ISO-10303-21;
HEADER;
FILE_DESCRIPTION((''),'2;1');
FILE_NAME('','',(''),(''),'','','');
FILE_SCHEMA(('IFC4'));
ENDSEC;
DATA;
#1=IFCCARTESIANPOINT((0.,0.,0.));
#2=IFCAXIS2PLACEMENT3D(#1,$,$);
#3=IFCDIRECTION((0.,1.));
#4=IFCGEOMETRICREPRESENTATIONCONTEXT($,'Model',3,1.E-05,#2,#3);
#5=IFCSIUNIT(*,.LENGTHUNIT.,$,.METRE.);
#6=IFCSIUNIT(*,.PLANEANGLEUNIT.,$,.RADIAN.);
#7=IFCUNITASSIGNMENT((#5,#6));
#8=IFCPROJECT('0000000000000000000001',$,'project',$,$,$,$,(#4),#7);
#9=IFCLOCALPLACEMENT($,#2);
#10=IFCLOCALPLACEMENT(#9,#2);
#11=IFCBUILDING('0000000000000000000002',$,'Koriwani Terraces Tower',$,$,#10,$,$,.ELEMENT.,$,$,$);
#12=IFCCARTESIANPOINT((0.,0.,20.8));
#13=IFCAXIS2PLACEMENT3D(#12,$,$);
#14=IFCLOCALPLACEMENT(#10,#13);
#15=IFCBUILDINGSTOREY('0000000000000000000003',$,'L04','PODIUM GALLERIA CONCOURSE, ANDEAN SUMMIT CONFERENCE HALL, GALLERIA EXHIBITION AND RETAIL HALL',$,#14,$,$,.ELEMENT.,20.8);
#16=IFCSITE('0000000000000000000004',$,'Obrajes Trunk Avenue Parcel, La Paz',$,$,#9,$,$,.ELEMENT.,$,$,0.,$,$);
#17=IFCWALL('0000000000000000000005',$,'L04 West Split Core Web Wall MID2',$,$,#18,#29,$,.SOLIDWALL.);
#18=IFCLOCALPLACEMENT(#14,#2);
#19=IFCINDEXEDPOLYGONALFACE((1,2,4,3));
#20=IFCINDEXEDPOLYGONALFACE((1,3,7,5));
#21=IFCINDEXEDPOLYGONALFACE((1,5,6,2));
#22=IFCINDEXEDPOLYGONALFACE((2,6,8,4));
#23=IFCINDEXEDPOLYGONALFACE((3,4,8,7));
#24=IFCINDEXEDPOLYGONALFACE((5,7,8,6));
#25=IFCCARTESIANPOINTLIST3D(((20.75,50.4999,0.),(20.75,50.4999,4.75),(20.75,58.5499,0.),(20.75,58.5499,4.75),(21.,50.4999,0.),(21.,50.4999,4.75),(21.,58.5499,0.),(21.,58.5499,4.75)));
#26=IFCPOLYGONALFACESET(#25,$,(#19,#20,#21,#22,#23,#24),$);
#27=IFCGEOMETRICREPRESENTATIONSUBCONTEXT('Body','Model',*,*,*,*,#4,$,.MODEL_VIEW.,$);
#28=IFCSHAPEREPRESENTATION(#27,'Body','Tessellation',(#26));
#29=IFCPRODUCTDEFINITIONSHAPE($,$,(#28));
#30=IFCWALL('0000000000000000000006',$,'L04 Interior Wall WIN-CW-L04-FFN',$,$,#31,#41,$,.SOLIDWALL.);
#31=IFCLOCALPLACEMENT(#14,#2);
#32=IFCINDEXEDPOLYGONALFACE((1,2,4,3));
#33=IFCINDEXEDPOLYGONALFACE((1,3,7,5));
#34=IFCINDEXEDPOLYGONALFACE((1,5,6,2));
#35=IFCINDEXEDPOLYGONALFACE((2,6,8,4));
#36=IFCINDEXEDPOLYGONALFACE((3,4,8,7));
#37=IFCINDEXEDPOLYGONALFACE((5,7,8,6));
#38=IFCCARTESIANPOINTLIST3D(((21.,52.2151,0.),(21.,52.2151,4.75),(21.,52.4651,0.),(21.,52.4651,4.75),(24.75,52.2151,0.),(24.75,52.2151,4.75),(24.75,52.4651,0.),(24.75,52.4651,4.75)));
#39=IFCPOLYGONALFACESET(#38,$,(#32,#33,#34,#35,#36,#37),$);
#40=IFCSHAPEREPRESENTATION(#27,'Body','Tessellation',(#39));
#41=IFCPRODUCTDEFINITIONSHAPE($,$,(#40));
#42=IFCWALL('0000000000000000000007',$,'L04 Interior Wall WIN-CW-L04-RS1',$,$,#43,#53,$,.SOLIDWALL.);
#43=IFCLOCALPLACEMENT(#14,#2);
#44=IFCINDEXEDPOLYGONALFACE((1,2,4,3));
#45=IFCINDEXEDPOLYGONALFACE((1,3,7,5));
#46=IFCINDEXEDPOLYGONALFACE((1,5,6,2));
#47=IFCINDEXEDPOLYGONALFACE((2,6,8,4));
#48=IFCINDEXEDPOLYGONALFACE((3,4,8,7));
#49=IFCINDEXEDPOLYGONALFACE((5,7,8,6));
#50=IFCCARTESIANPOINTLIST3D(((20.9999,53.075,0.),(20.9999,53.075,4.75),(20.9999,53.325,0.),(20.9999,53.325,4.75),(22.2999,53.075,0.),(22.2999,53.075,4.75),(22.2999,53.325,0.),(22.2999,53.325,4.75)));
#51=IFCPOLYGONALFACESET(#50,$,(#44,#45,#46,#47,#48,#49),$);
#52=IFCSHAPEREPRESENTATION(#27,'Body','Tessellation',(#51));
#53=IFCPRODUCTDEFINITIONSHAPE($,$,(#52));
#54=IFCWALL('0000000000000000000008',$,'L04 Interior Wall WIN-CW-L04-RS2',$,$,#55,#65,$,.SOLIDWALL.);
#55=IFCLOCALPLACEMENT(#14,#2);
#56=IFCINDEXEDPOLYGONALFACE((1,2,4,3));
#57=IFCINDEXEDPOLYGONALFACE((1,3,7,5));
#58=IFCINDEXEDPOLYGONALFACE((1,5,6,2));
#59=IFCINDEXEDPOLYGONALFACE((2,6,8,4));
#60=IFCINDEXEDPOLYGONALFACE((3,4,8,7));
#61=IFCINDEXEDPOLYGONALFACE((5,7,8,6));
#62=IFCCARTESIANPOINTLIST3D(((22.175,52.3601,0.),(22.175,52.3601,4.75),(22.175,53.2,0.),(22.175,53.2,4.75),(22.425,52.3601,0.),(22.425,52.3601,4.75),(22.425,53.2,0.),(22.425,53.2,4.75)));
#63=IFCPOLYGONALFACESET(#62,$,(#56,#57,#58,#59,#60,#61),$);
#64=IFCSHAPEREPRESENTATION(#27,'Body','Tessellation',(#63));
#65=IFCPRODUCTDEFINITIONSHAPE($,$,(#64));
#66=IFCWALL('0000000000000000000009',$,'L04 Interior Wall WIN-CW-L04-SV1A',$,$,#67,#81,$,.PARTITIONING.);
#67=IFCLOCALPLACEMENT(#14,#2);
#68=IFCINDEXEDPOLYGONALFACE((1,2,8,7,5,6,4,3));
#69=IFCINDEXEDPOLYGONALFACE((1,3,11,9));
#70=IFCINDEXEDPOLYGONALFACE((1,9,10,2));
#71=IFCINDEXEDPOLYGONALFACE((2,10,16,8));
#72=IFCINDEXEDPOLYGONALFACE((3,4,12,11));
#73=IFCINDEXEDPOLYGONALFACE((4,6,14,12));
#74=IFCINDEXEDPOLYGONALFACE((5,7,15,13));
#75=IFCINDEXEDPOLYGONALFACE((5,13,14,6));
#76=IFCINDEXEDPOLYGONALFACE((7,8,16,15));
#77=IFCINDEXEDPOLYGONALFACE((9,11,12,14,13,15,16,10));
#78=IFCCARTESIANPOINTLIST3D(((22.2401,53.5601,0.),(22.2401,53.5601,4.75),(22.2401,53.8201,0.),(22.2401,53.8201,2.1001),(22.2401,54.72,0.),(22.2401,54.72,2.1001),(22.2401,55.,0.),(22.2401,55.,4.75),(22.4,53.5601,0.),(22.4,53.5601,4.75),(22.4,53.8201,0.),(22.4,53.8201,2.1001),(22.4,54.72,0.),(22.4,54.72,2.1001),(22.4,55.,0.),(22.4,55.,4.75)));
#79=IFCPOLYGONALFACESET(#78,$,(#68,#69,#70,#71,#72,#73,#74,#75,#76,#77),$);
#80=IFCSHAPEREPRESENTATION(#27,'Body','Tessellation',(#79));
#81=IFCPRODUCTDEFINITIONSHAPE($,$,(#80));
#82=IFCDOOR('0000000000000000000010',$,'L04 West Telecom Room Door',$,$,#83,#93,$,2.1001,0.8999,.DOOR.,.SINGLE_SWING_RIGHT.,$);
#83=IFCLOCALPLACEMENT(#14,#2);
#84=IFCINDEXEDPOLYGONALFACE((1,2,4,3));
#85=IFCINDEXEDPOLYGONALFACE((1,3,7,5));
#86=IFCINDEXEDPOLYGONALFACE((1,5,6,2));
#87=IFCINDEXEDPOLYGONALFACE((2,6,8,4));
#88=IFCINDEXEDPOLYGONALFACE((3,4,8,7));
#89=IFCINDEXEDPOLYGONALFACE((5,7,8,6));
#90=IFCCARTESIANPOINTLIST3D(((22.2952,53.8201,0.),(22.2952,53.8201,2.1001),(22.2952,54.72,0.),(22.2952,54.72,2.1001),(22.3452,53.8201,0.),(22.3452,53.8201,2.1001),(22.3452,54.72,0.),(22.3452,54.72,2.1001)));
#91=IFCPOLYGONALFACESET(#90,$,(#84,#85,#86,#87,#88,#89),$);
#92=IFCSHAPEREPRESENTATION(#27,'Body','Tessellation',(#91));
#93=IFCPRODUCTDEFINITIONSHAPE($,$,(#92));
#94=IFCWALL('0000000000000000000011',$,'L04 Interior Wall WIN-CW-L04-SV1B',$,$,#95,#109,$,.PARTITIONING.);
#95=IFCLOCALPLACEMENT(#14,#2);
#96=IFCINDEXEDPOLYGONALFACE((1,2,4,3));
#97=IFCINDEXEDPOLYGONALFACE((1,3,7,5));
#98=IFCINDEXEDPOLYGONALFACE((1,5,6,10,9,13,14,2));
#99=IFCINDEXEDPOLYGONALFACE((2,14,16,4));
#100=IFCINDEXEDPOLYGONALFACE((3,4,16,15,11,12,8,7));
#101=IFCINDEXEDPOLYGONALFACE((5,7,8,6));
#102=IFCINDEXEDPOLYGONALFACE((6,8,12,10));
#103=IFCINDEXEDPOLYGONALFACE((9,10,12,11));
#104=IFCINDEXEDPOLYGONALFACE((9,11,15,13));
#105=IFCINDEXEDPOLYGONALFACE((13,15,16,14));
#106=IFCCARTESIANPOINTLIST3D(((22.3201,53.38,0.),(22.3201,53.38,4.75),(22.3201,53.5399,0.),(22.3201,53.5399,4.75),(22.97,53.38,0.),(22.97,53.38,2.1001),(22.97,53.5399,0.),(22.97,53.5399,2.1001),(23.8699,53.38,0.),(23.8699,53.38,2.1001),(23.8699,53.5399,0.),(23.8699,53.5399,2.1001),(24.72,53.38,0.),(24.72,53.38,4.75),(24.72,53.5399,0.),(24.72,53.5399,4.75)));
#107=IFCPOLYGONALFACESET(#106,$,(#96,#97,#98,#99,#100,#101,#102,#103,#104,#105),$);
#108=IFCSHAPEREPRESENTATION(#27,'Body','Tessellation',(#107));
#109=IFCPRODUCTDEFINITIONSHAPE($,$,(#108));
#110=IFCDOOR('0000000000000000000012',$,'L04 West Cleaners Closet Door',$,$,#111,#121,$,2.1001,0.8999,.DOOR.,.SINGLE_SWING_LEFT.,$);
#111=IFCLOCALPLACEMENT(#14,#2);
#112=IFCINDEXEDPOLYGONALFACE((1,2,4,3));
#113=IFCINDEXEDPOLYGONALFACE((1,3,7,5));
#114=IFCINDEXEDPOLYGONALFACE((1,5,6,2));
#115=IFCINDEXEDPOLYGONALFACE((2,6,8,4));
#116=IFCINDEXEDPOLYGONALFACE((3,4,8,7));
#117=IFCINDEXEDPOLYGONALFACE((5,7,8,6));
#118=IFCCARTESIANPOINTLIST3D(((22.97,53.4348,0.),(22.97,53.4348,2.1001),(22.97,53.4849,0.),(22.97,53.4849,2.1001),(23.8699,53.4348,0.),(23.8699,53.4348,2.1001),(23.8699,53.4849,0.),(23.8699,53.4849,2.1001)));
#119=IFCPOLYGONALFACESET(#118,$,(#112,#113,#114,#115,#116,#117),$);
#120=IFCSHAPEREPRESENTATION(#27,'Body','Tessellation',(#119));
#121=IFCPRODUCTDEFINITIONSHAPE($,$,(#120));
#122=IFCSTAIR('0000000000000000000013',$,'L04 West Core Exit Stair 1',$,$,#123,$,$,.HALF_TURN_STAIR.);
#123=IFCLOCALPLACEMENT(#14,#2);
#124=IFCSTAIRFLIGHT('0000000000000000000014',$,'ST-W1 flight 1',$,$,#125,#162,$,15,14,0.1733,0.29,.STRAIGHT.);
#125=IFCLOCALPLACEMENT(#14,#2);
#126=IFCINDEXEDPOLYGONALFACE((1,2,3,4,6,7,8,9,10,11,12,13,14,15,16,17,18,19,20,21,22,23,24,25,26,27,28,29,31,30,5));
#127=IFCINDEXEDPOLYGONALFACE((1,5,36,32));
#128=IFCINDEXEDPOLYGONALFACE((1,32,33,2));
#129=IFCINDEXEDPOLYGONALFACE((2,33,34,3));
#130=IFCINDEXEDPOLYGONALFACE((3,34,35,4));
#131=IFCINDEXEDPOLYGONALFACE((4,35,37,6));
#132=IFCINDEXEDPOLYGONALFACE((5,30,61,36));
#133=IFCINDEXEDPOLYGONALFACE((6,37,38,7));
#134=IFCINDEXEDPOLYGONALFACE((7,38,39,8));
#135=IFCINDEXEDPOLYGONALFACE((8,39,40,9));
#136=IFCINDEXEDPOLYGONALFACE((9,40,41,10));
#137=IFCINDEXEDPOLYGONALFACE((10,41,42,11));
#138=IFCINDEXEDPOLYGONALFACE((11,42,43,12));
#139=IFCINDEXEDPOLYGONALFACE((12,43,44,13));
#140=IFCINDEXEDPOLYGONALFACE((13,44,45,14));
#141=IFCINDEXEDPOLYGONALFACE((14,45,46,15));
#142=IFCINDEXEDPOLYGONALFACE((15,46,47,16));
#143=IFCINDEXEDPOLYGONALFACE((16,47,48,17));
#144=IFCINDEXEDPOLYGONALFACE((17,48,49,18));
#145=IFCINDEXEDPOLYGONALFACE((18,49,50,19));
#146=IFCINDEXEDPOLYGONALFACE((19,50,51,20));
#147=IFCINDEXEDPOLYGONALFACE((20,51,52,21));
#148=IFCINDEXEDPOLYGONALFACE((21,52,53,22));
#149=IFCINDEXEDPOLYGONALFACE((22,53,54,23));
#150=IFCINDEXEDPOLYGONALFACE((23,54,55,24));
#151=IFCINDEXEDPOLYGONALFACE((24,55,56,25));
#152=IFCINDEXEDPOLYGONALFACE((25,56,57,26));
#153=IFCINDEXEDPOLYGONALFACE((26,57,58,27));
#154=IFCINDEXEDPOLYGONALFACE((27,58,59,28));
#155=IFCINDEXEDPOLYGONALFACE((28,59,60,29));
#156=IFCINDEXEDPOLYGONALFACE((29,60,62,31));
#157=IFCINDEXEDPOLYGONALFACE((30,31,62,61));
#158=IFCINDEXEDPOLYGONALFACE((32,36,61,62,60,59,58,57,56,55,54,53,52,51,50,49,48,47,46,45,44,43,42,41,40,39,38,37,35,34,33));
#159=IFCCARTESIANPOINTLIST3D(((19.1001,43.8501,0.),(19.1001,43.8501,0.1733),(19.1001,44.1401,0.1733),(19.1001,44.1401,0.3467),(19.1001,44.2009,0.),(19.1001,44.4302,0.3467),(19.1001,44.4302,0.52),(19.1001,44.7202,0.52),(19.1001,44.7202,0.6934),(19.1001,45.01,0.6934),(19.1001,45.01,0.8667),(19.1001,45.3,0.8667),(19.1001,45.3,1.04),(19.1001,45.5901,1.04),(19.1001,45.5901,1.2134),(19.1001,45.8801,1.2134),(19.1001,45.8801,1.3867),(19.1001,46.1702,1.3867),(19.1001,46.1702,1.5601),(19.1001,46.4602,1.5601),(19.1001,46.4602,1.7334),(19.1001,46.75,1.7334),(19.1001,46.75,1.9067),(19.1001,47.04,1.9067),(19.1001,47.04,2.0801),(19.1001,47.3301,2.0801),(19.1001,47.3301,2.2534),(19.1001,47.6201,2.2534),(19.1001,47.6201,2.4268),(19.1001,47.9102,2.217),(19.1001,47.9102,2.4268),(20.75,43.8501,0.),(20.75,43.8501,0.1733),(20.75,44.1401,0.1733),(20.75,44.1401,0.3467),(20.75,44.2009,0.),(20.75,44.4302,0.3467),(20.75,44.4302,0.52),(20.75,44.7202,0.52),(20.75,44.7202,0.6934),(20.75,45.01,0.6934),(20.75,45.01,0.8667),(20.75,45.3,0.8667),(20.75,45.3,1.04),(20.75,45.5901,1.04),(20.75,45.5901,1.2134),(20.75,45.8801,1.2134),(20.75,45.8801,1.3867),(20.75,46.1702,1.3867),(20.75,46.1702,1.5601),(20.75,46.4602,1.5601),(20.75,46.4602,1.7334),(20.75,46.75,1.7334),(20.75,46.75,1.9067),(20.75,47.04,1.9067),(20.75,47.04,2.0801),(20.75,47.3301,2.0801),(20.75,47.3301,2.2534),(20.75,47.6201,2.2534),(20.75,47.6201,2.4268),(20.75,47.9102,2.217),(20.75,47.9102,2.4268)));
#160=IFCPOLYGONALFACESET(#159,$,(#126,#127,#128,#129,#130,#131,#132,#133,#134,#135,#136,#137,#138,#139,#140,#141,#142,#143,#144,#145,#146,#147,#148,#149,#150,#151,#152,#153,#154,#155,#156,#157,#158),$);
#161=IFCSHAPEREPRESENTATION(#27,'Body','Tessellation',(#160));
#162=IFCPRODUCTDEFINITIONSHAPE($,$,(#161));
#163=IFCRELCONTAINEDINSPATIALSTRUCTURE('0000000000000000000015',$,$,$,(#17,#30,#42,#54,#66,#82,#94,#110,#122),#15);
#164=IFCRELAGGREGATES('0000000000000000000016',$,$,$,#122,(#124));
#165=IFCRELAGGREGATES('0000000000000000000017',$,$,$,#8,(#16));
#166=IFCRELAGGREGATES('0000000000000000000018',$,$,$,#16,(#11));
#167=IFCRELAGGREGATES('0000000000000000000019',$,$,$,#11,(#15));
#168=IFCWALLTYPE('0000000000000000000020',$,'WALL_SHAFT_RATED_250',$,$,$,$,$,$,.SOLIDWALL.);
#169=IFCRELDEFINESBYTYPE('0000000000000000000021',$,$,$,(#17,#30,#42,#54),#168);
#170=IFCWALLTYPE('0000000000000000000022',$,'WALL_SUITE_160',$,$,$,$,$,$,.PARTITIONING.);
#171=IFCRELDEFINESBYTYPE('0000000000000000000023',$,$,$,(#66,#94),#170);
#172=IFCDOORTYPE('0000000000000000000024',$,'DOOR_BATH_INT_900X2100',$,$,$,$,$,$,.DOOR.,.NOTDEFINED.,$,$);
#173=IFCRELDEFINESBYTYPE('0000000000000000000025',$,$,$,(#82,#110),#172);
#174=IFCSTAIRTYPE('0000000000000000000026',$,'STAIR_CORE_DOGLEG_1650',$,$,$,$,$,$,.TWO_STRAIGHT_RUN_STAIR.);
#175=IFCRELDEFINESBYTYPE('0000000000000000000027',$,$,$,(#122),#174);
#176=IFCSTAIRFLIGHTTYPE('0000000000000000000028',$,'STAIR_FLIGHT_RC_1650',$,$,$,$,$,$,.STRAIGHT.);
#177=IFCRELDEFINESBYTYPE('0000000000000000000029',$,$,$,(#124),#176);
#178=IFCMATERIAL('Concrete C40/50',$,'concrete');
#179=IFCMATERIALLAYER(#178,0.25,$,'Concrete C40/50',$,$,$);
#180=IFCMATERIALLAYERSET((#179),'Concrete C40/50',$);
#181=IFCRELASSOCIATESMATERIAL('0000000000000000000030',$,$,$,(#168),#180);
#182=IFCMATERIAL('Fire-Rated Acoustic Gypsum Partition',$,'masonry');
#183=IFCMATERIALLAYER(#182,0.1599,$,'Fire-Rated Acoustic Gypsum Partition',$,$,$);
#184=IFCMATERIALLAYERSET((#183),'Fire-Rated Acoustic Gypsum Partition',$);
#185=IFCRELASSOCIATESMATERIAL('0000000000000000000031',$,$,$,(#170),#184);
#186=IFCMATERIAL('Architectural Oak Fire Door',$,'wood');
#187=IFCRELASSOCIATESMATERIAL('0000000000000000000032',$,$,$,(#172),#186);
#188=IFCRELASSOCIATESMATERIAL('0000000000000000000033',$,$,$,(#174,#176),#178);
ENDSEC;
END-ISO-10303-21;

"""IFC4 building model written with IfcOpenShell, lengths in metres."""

from ifc_helpers import new_model, si_unit, direction, frame, frame_2d, origin, place, context, subcontext, project, spatial, polyline, rectangle, outline, extrude, material, layer, layer_set, type_object, element, fill, aggregate, save


model = new_model("IFC4")

# Units and contexts
model_context = context("Model", 3, precision=1e-05, world=origin(), true_north=direction((0.0, 1.0)))
body_context = subcontext(model_context, "Body", "Model", "MODEL_VIEW")
ifc_project = project(units=[si_unit("LENGTHUNIT", "METRE"), si_unit("PLANEANGLEUNIT", "RADIAN")], contexts=[model_context])

# Site, building, storey
site_placement = place(None, origin())
site = spatial("IfcSite", under=ifc_project, at=site_placement, Name="Obrajes Trunk Avenue Parcel, La Paz", CompositionType="ELEMENT", RefElevation=0.0)
building_placement = place(site_placement, origin())
building = spatial("IfcBuilding", under=site, at=building_placement, Name="Koriwani Terraces Tower", CompositionType="ELEMENT")
storey_placement = place(building_placement, frame((0.0, 0.0, 20.8)))
storey = spatial("IfcBuildingStorey", under=building, at=storey_placement, Name="L04", Description="PODIUM GALLERIA CONCOURSE, ANDEAN SUMMIT CONFERENCE HALL, GALLERIA EXHIBITION AND RETAIL HALL", CompositionType="ELEMENT", Elevation=20.8)

# Wall
ifc_material_1 = material(Name="Concrete C40/50", Category="concrete")
ifc_layer_1 = layer(ifc_material_1, 0.25, Name="Concrete C40/50")
ifc_layer_set_1 = layer_set([ifc_layer_1], Name="Concrete C40/50")
wall_type_1 = type_object("IfcWallType", Name="WALL_SHAFT_RATED_250", PredefinedType="SOLIDWALL", material=ifc_layer_set_1)
wall_1_placement = place(storey_placement, frame((20.875, 50.5, 0.0), z_axis=(0.0, 0.0, 1.0), x_axis=(0.0, 1.0, 0.0)))
element("IfcWall", 1, at=wall_1_placement, inside=storey, type_object=wall_type_1, Name="L04 West Split Core Web Wall MID2", PredefinedType="SOLIDWALL", context=body_context, shape_type="SweptSolid", body=[
    extrude(rectangle(XDim=8.05, YDim=0.25, at=frame_2d((4.0249, 0.0))), origin(), (0.0, 0.0, 1.0), 4.75),
])

# Wall
wall_2_placement = place(storey_placement, frame((21.0, 52.3401, 0.0), z_axis=(0.0, 0.0, 1.0), x_axis=(1.0, 0.0, 0.0)))
element("IfcWall", 2, at=wall_2_placement, inside=storey, type_object=wall_type_1, Name="L04 Interior Wall WIN-CW-L04-FFN", PredefinedType="SOLIDWALL", context=body_context, shape_type="SweptSolid", body=[
    extrude(rectangle(XDim=3.75, YDim=0.25, at=frame_2d((1.875, 0.0))), origin(), (0.0, 0.0, 1.0), 4.75),
])

# Walls
wall_3_placement = place(storey_placement, frame((21.0, 53.2, 0.0), z_axis=(0.0, 0.0, 1.0), x_axis=(1.0, 0.0, 0.0)))
element("IfcWall", 3, at=wall_3_placement, inside=storey, type_object=wall_type_1, Name="L04 Interior Wall WIN-CW-L04-RS1", PredefinedType="SOLIDWALL", context=body_context, shape_type="SweptSolid", body=[
    extrude(rectangle(XDim=1.3, YDim=0.25, at=frame_2d((0.6499, 0.0))), origin(), (0.0, 0.0, 1.0), 4.75),
])
wall_4_placement = place(storey_placement, frame((22.3, 52.3601, 0.0), z_axis=(0.0, 0.0, 1.0), x_axis=(0.0, 1.0, 0.0)))
element("IfcWall", 4, at=wall_4_placement, inside=storey, type_object=wall_type_1, Name="L04 Interior Wall WIN-CW-L04-RS2", PredefinedType="SOLIDWALL", context=body_context, shape_type="SweptSolid", body=[
    extrude(rectangle(XDim=0.8398, YDim=0.25, at=frame_2d((0.4199, 0.0))), origin(), (0.0, 0.0, 1.0), 4.75),
])

# Walls, openings, doors
ifc_material_2 = material(Name="Fire-Rated Acoustic Gypsum Partition", Category="masonry")
ifc_layer_2 = layer(ifc_material_2, 0.1599, Name="Fire-Rated Acoustic Gypsum Partition")
ifc_layer_set_2 = layer_set([ifc_layer_2], Name="Fire-Rated Acoustic Gypsum Partition")
wall_type_2 = type_object("IfcWallType", Name="WALL_SUITE_160", PredefinedType="PARTITIONING", material=ifc_layer_set_2)
wall_5_placement = place(storey_placement, frame((22.3201, 53.5601, 0.0), z_axis=(0.0, 0.0, 1.0), x_axis=(0.0, 1.0, 0.0)))
wall_5 = element("IfcWall", 5, at=wall_5_placement, inside=storey, type_object=wall_type_2, Name="L04 Interior Wall WIN-CW-L04-SV1A", PredefinedType="PARTITIONING", context=body_context, shape_type="SweptSolid", body=[
    extrude(rectangle(XDim=1.4399, YDim=0.1599, at=frame_2d((0.72, 0.0))), origin(), (0.0, 0.0, 1.0), 4.75),
])
opening_1_placement = place(wall_5_placement, frame((0.26, 0.0, 0.0)))
opening_1 = element("IfcOpeningElement", 6, at=opening_1_placement, cuts=wall_5, PredefinedType="OPENING", context=body_context, shape_type="SweptSolid", body=[
    extrude(rectangle(XDim=0.8999, YDim=2.1001, at=frame_2d((0.45, 1.05))), frame((0.0, 0.0898, 0.0), z_axis=(0.0, -1.0, 0.0), x_axis=(1.0, 0.0, 0.0)), (0.0, 0.0, 1.0), 0.1799),
])
ifc_material_3 = material(Name="Architectural Oak Fire Door", Category="wood")
door_type_1 = type_object("IfcDoorType", Name="DOOR_BATH_INT_900X2100", OperationType="NOTDEFINED", PredefinedType="DOOR", material=ifc_material_3)
door_1_placement = place(opening_1_placement, origin())
door_1 = element("IfcDoor", 7, at=door_1_placement, inside=storey, type_object=door_type_1, Name="L04 West Telecom Room Door", OperationType="SINGLE_SWING_RIGHT", OverallHeight=2.1001, OverallWidth=0.8999, PredefinedType="DOOR", context=body_context, shape_type="SweptSolid", body=[
    extrude(rectangle(XDim=0.8999, YDim=2.1001, at=frame_2d((0.45, 1.05))), frame((0.0, 0.0249, 0.0), z_axis=(0.0, -1.0, 0.0), x_axis=(1.0, 0.0, 0.0)), (0.0, 0.0, 1.0), 0.05),
])
fill(opening_1, door_1)
wall_6_placement = place(storey_placement, frame((22.3201, 53.46, 0.0), z_axis=(0.0, 0.0, 1.0), x_axis=(1.0, 0.0, 0.0)))
wall_6 = element("IfcWall", 8, at=wall_6_placement, inside=storey, type_object=wall_type_2, Name="L04 Interior Wall WIN-CW-L04-SV1B", PredefinedType="PARTITIONING", context=body_context, shape_type="SweptSolid", body=[
    extrude(rectangle(XDim=2.3999, YDim=0.1599, at=frame_2d((1.2, 0.0))), origin(), (0.0, 0.0, 1.0), 4.75),
])
opening_2_placement = place(wall_6_placement, frame((0.6499, 0.0, 0.0)))
opening_2 = element("IfcOpeningElement", 9, at=opening_2_placement, cuts=wall_6, PredefinedType="OPENING", context=body_context, shape_type="SweptSolid", body=[
    extrude(rectangle(XDim=0.8999, YDim=2.1001, at=frame_2d((0.45, 1.05))), frame((0.0, 0.0898, 0.0), z_axis=(0.0, -1.0, 0.0), x_axis=(1.0, 0.0, 0.0)), (0.0, 0.0, 1.0), 0.1799),
])
door_2_placement = place(opening_2_placement, origin())
door_2 = element("IfcDoor", 10, at=door_2_placement, inside=storey, type_object=door_type_1, Name="L04 West Cleaners Closet Door", OperationType="SINGLE_SWING_LEFT", OverallHeight=2.1001, OverallWidth=0.8999, PredefinedType="DOOR", context=body_context, shape_type="SweptSolid", body=[
    extrude(rectangle(XDim=0.8999, YDim=2.1001, at=frame_2d((0.45, 1.05))), frame((0.0, 0.0249, 0.0), z_axis=(0.0, -1.0, 0.0), x_axis=(1.0, 0.0, 0.0)), (0.0, 0.0, 1.0), 0.05),
])
fill(opening_2, door_2)

# Stair, stair flight
stair_type = type_object("IfcStairType", Name="STAIR_CORE_DOGLEG_1650", PredefinedType="TWO_STRAIGHT_RUN_STAIR", material=ifc_material_1)
stair_1_placement = place(storey_placement, origin())
stair_1 = element("IfcStair", 11, at=stair_1_placement, inside=storey, type_object=stair_type, Name="L04 West Core Exit Stair 1", PredefinedType="HALF_TURN_STAIR")
stair_flight_type = type_object("IfcStairFlightType", Name="STAIR_FLIGHT_RC_1650", PredefinedType="STRAIGHT", material=ifc_material_1)
stair_flight_1_placement = place(storey_placement, frame((19.925, 43.8501, 0.0), z_axis=(0.0, 0.0, 1.0), x_axis=(0.0, 1.0, 0.0)))
stair_flight_1 = element("IfcStairFlight", 12, at=stair_flight_1_placement, type_object=stair_flight_type, Name="ST-W1 flight 1", NumberOfRisers=15, NumberOfTreads=14, PredefinedType="STRAIGHT", RiserHeight=0.1733, TreadLength=0.29, context=body_context, shape_type="SweptSolid", body=[
    extrude(outline(polyline([(0.0, 0.0), (0.0, 0.1733), (0.29, 0.1733), (0.29, 0.3467), (0.5801, 0.3467), (0.5801, 0.52), (0.8701, 0.52), (0.8701, 0.6934), (1.1599, 0.6934), (1.1599, 0.8667), (1.45, 0.8667), (1.45, 1.04), (1.74, 1.04), (1.74, 1.2134), (2.03, 1.2134), (2.03, 1.3867), (2.3201, 1.3867), (2.3201, 1.5601), (2.6101, 1.5601), (2.6101, 1.7334), (2.8999, 1.7334), (2.8999, 1.9067), (3.1899, 1.9067), (3.1899, 2.0801), (3.48, 2.0801), (3.48, 2.2534), (3.77, 2.2534), (3.77, 2.4268), (4.0601, 2.4268), (4.0601, 2.6001), (4.0601, 2.217), (0.3508, 0.0), (0.0, 0.0)])), frame((0.0, 0.825, 0.0), z_axis=(0.0, -1.0, 0.0), x_axis=(1.0, 0.0, 0.0)), (0.0, 0.0, 1.0), 1.6499),
])
aggregate(stair_1, [stair_flight_1])

save(model, "model.ifc")
